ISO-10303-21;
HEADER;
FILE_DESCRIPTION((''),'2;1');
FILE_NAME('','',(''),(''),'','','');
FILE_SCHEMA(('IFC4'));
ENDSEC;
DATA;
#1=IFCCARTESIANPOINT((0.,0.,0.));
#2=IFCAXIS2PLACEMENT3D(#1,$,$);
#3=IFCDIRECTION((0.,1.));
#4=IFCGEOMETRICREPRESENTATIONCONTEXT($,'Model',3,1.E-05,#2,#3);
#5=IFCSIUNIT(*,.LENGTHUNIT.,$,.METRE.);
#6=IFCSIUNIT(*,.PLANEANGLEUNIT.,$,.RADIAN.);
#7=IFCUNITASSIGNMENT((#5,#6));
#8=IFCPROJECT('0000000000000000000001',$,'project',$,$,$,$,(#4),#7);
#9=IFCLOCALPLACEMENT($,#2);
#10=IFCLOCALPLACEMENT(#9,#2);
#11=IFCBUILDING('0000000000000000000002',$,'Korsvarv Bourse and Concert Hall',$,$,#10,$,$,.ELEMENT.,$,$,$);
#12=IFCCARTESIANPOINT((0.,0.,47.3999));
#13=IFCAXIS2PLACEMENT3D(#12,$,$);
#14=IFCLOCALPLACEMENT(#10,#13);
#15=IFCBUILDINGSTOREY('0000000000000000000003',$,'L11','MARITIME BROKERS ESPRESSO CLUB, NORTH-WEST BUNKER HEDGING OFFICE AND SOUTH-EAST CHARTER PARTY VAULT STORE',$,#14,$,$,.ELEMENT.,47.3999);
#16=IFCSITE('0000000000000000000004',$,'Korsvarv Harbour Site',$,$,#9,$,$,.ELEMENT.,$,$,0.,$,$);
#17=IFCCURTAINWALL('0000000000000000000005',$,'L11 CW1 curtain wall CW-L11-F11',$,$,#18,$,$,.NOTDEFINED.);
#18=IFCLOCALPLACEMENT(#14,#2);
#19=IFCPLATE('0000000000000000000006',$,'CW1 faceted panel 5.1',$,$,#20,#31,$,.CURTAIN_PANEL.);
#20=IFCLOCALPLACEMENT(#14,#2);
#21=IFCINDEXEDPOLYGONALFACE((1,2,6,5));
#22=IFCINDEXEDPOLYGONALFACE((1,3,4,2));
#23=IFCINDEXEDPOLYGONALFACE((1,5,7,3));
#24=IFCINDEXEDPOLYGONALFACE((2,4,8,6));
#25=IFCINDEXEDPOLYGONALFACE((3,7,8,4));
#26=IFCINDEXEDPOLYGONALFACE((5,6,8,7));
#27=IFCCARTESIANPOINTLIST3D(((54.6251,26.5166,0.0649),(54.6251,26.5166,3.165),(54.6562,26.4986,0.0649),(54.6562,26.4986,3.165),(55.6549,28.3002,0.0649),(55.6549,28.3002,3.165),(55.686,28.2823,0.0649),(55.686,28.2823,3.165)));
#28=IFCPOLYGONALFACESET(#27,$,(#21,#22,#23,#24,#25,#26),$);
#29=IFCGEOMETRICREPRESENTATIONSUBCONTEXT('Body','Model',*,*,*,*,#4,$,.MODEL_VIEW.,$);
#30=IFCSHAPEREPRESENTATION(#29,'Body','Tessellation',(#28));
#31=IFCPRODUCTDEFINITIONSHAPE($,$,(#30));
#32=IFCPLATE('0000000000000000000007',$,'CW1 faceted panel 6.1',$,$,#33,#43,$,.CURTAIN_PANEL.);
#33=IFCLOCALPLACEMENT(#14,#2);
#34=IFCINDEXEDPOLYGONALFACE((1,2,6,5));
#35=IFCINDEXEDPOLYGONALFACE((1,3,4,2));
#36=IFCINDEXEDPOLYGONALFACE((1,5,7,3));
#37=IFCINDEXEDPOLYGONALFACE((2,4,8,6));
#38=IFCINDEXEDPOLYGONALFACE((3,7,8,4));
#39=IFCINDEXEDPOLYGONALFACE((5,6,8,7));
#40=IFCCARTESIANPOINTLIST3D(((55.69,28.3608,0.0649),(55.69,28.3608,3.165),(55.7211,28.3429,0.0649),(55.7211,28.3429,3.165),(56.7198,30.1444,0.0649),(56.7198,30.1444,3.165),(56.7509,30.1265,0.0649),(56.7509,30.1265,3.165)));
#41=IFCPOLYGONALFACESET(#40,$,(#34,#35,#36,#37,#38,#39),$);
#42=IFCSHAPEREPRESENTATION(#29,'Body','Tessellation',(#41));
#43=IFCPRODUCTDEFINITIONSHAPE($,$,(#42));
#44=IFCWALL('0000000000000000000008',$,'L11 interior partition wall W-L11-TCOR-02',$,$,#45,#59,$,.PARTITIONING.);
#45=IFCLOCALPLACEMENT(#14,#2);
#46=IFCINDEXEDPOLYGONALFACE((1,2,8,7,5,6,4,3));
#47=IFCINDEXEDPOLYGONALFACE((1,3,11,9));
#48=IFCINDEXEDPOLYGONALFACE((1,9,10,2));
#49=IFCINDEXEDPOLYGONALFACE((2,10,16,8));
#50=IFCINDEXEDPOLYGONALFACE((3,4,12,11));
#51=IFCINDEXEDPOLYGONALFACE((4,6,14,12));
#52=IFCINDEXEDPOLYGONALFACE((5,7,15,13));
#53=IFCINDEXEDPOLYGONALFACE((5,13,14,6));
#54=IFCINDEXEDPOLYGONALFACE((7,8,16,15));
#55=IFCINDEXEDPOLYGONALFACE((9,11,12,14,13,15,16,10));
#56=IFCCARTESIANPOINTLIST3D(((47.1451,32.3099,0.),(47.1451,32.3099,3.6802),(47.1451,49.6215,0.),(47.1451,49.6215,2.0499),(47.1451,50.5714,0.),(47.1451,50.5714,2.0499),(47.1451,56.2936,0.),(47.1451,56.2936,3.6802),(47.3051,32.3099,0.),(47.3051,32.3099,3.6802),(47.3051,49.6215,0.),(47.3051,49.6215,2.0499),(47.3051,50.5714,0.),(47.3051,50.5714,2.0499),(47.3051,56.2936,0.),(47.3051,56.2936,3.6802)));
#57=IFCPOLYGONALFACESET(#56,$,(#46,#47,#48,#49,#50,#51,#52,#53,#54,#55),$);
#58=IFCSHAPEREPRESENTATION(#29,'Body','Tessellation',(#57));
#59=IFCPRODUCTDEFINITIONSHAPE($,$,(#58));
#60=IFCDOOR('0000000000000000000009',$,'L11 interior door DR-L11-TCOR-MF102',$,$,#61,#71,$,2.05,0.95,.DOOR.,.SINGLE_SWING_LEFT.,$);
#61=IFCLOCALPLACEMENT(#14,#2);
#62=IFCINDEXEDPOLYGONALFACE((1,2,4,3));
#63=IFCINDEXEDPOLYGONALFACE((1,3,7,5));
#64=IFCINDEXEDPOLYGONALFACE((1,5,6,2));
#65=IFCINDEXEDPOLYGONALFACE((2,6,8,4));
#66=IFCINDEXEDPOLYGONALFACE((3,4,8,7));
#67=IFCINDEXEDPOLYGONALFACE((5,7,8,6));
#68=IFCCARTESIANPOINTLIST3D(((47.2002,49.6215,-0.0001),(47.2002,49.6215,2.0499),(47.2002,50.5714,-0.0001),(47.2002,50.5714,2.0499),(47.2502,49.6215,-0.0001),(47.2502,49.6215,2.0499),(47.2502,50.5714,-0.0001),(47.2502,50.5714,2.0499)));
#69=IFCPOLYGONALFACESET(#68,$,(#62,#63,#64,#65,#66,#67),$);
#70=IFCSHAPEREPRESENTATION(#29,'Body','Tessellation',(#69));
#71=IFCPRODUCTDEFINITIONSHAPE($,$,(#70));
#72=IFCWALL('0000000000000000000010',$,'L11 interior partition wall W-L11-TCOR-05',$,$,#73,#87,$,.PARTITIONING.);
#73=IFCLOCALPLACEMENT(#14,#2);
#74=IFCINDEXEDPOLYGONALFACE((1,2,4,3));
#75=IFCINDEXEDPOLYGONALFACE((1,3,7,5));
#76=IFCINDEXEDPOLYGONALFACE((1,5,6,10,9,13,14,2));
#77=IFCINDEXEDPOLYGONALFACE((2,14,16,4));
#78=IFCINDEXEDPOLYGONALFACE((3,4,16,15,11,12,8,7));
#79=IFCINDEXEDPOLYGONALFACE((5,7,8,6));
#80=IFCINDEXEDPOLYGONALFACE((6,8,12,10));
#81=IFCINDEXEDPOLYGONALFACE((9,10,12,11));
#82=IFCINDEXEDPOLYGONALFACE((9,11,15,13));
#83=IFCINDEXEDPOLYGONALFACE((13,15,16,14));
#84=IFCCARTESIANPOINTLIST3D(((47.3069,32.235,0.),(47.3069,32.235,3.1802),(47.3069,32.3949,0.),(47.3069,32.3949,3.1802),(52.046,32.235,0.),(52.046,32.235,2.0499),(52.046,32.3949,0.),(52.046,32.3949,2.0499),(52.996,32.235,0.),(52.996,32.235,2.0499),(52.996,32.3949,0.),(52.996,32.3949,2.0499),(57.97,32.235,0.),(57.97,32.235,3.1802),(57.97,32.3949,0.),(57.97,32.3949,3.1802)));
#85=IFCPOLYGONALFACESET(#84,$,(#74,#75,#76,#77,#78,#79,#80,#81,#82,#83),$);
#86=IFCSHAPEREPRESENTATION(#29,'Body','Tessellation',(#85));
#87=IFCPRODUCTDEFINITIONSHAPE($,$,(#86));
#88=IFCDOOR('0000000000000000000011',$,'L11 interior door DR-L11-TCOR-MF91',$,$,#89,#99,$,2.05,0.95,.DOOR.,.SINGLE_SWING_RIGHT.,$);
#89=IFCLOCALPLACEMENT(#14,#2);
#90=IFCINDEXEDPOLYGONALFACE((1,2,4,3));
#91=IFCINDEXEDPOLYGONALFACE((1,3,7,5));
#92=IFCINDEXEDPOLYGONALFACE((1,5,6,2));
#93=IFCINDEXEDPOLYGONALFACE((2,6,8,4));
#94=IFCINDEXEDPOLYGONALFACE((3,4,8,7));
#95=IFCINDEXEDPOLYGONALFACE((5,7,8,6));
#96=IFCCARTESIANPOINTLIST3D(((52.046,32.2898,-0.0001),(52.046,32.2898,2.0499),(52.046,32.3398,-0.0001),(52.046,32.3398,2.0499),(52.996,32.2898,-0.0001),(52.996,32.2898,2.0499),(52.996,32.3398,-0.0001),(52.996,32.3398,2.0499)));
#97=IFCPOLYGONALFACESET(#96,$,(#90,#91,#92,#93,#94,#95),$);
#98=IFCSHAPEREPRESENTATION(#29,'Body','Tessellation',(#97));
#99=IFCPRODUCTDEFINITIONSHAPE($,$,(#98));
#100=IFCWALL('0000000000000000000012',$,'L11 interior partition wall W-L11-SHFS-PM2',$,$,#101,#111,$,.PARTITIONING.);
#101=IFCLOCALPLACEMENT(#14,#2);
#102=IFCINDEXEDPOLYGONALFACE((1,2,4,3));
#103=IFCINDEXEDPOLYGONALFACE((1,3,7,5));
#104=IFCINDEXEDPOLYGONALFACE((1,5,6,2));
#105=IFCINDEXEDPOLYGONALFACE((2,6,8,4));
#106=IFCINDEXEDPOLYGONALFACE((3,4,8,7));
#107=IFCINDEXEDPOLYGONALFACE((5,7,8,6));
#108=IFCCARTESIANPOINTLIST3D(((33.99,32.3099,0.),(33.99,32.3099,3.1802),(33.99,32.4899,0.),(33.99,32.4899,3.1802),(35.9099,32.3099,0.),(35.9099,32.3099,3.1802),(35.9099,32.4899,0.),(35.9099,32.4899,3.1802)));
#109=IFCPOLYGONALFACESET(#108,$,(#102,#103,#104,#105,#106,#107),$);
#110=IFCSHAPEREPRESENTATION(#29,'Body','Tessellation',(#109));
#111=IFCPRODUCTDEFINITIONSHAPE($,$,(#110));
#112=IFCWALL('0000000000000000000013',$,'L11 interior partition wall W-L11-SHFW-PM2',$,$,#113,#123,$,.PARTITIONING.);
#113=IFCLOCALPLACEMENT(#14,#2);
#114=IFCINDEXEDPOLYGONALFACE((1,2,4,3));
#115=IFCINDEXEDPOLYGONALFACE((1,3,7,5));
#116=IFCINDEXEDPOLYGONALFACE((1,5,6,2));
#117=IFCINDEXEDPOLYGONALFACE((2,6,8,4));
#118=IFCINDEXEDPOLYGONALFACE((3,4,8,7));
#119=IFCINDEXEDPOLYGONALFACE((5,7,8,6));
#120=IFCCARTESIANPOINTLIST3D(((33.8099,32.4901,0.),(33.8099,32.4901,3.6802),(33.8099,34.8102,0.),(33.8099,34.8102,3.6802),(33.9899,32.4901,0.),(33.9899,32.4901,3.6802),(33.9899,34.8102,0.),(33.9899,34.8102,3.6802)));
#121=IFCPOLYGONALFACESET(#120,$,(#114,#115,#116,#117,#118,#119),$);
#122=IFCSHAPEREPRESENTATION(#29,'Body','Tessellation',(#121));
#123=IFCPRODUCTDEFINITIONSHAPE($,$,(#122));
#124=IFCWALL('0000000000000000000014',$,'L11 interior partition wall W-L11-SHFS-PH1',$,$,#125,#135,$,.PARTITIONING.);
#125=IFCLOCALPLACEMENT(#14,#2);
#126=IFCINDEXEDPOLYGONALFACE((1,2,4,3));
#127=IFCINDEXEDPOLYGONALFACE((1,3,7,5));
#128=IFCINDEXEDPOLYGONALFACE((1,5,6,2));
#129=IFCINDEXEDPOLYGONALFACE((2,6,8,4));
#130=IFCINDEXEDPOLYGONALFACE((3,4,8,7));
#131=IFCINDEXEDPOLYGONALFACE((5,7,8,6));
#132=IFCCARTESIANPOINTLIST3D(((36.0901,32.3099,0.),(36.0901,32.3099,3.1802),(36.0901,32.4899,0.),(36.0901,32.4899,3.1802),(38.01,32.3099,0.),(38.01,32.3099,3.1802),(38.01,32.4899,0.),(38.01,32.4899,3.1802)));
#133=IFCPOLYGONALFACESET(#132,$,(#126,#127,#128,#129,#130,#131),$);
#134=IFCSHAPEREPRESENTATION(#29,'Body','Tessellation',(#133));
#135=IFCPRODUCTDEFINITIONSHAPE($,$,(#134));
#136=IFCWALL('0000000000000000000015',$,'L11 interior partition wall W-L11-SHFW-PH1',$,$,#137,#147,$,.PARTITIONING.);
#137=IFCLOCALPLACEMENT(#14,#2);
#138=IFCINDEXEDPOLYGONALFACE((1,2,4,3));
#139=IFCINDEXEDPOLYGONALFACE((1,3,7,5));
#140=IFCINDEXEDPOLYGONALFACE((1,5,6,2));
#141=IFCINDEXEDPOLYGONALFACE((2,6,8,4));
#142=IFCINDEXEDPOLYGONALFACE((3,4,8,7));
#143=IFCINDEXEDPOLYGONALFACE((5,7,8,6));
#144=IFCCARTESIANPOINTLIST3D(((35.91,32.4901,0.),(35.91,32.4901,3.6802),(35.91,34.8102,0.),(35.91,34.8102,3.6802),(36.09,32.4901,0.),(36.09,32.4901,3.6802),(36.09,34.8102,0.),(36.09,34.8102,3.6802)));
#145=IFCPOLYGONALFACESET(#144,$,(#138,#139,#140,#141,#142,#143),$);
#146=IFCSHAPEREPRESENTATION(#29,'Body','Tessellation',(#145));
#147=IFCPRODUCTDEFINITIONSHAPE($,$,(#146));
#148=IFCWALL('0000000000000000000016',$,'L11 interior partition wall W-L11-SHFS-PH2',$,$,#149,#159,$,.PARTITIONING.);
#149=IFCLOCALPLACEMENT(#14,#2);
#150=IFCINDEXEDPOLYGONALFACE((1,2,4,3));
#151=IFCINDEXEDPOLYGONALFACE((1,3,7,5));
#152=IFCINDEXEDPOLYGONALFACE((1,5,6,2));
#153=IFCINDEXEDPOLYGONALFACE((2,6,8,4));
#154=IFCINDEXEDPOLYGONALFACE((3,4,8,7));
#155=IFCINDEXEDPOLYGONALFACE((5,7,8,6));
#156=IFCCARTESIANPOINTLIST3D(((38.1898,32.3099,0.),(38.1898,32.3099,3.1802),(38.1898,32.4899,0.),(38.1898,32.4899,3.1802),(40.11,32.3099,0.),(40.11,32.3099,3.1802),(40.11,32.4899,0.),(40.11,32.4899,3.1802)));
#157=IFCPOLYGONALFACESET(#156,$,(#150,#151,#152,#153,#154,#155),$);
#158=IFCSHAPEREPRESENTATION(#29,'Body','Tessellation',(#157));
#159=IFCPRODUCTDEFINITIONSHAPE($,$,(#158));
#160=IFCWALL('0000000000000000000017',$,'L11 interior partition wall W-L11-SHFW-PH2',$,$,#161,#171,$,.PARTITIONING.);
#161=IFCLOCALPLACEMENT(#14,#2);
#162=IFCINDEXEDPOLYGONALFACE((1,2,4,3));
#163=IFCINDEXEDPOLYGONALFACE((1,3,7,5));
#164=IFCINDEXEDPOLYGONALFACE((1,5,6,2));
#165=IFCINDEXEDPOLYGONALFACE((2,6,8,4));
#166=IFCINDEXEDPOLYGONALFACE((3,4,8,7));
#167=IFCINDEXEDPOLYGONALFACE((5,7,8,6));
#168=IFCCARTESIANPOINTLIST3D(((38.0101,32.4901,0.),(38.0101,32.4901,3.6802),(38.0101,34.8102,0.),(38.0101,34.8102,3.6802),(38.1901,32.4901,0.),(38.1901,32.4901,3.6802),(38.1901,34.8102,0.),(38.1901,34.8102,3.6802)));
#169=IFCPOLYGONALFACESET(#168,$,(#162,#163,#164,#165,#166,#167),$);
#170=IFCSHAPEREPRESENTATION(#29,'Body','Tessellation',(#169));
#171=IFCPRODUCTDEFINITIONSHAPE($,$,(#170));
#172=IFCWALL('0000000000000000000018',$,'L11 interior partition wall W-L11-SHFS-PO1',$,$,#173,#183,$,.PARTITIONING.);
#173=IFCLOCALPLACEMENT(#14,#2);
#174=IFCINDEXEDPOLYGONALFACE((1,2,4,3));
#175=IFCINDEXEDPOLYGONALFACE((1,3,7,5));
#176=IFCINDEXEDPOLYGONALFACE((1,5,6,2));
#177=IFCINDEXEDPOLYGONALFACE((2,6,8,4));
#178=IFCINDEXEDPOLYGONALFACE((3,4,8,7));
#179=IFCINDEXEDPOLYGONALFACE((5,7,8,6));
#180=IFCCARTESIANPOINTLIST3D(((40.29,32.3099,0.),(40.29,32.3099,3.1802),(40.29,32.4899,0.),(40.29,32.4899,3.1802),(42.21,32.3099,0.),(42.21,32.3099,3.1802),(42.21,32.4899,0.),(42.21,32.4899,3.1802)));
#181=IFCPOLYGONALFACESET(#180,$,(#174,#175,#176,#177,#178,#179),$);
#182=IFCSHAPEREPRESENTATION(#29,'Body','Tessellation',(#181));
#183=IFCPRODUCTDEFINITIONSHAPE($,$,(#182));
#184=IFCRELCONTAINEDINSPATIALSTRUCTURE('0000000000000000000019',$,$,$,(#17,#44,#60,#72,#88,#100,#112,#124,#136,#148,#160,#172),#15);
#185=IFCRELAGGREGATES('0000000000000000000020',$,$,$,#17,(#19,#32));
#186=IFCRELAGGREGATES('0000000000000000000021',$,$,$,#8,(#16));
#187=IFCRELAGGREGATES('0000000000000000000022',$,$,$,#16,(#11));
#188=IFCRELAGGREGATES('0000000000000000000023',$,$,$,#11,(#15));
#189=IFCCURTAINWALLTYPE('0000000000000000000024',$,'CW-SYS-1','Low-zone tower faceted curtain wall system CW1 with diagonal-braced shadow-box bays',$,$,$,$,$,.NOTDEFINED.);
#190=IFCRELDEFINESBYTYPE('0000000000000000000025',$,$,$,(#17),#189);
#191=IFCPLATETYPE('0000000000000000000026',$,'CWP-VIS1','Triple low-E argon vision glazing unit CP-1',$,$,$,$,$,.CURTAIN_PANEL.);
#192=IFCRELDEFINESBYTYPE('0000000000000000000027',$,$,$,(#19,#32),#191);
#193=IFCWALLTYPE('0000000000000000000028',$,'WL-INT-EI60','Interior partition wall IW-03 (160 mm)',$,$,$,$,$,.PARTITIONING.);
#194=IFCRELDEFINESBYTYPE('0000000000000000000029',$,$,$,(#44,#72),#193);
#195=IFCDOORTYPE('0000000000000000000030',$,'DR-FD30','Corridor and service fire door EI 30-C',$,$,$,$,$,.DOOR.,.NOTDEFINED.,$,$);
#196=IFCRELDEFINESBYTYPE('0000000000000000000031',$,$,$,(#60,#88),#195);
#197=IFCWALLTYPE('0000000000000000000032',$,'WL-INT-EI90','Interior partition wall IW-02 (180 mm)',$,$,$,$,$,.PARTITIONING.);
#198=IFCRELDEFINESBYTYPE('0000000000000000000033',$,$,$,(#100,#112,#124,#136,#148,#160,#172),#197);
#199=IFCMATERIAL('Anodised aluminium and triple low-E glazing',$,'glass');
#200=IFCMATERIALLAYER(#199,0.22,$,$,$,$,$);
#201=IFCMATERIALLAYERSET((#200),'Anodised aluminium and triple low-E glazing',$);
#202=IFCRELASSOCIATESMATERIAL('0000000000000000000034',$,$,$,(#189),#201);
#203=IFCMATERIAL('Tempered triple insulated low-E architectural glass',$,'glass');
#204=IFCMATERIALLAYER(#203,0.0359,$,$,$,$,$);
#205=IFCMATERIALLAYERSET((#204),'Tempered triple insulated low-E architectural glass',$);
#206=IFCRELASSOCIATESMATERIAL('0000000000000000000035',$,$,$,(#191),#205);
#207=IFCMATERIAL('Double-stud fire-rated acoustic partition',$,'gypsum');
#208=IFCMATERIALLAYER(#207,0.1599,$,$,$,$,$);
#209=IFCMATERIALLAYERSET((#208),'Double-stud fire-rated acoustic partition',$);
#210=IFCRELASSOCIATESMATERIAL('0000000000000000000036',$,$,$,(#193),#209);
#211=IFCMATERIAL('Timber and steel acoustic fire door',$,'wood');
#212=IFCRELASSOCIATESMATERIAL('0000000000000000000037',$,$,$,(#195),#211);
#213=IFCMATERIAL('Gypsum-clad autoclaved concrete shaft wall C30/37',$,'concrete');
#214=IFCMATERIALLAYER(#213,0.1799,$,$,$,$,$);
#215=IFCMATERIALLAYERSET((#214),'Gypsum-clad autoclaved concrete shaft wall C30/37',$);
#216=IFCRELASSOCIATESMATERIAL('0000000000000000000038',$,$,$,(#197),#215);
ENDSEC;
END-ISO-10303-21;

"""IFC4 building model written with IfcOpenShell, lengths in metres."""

from ifc_helpers import new_model, si_unit, direction, frame, frame_2d, origin, origin_2d, place, context, subcontext, project, spatial, rectangle, extrude, source, transform, mapped, material, layer, layer_set, type_object, element, fill, aggregate, save


model = new_model("IFC4")

# Units and contexts
model_context = context("Model", 3, precision=1e-05, world=origin(), true_north=direction((0.0, 1.0)))
body_context = subcontext(model_context, "Body", "Model", "MODEL_VIEW")
ifc_project = project(units=[si_unit("LENGTHUNIT", "METRE"), si_unit("PLANEANGLEUNIT", "RADIAN")], contexts=[model_context])

# Site, building, storey
site_placement = place(None, origin())
site = spatial("IfcSite", under=ifc_project, at=site_placement, Name="Korsvarv Harbour Site", CompositionType="ELEMENT", RefElevation=0.0)
building_placement = place(site_placement, origin())
building = spatial("IfcBuilding", under=site, at=building_placement, Name="Korsvarv Bourse and Concert Hall", CompositionType="ELEMENT")
storey_placement = place(building_placement, frame((0.0, 0.0, 47.3999)))
storey = spatial("IfcBuildingStorey", under=building, at=storey_placement, Name="L11", Description="MARITIME BROKERS ESPRESSO CLUB, NORTH-WEST BUNKER HEDGING OFFICE AND SOUTH-EAST CHARTER PARTY VAULT STORE", CompositionType="ELEMENT", Elevation=47.3999)

# Curtain wall, plates
ifc_material_1 = material(Name="Anodised aluminium and triple low-E glazing", Category="glass")
ifc_layer_1 = layer(ifc_material_1, 0.22)
ifc_layer_set_1 = layer_set([ifc_layer_1], Name="Anodised aluminium and triple low-E glazing")
curtain_wall_type = type_object("IfcCurtainWallType", Name="CW-SYS-1", Description="Low-zone tower faceted curtain wall system CW1 with diagonal-braced shadow-box bays", PredefinedType="NOTDEFINED", material=ifc_layer_set_1)
curtain_wall_placement = place(storey_placement, origin())
curtain_wall = element("IfcCurtainWall", 1, at=curtain_wall_placement, inside=storey, type_object=curtain_wall_type, Name="L11 CW1 curtain wall CW-L11-F11", PredefinedType="NOTDEFINED")
ifc_material_2 = material(Name="Tempered triple insulated low-E architectural glass", Category="glass")
ifc_layer_2 = layer(ifc_material_2, 0.0359)
ifc_layer_set_2 = layer_set([ifc_layer_2], Name="Tempered triple insulated low-E architectural glass")
plate_type_1 = type_object("IfcPlateType", Name="CWP-VIS1", Description="Triple low-E argon vision glazing unit CP-1", PredefinedType="CURTAIN_PANEL", material=ifc_layer_set_2)
shared_shape_1 = source(origin(), body_context, "Body", "SweptSolid", [
    extrude(rectangle(XDim=2.0596, YDim=0.0359, at=origin_2d()), origin(), (0.0, 0.0, 1.0), 3.1001),
])
plate_1_placement = place(storey_placement, frame((55.1555, 27.3994, 0.0649), z_axis=(0.0, 0.0, 1.0), x_axis=(0.5, 0.866025, 0.0)))
plate_1 = element("IfcPlate", 2, at=plate_1_placement, type_object=plate_type_1, Name="CW1 faceted panel 5.1", PredefinedType="CURTAIN_PANEL", context=body_context, shape_type="MappedRepresentation", body=[
    mapped(shared_shape_1, transform((0.0, 0.0, 0.0), scale=1.0)),
])
plate_2_placement = place(storey_placement, frame((56.2205, 29.2437, 0.0649), z_axis=(0.0, 0.0, 1.0), x_axis=(0.5, 0.866025, 0.0)))
plate_2 = element("IfcPlate", 3, at=plate_2_placement, type_object=plate_type_1, Name="CW1 faceted panel 6.1", PredefinedType="CURTAIN_PANEL", context=body_context, shape_type="MappedRepresentation", body=[
    mapped(shared_shape_1, transform((0.0, 0.0, 0.0), scale=1.0)),
])
aggregate(curtain_wall, [plate_1, plate_2])

# Walls, openings, doors
ifc_material_3 = material(Name="Double-stud fire-rated acoustic partition", Category="gypsum")
ifc_layer_3 = layer(ifc_material_3, 0.1599)
ifc_layer_set_3 = layer_set([ifc_layer_3], Name="Double-stud fire-rated acoustic partition")
wall_type_1 = type_object("IfcWallType", Name="WL-INT-EI60", Description="Interior partition wall IW-03 (160 mm)", PredefinedType="PARTITIONING", material=ifc_layer_set_3)
wall_1_placement = place(storey_placement, frame((47.2251, 32.3101, 0.0), z_axis=(0.0, 0.0, 1.0), x_axis=(0.0, 1.0, 0.0)))
wall_1 = element("IfcWall", 4, at=wall_1_placement, inside=storey, type_object=wall_type_1, Name="L11 interior partition wall W-L11-TCOR-02", PredefinedType="PARTITIONING", context=body_context, shape_type="SweptSolid", body=[
    extrude(rectangle(XDim=23.9836, YDim=0.1599, at=frame_2d((11.9917, 0.0))), origin(), (0.0, 0.0, 1.0), 3.6802),
])
opening_1_placement = place(wall_1_placement, frame((17.3113, 0.0, 0.0)))
opening_1 = element("IfcOpeningElement", 5, at=opening_1_placement, cuts=wall_1, PredefinedType="OPENING", context=body_context, shape_type="SweptSolid", body=[
    extrude(rectangle(XDim=0.95, YDim=2.05, at=frame_2d((0.4751, 1.0249))), frame((0.0, 0.0898, 0.0), z_axis=(0.0, -1.0, 0.0), x_axis=(1.0, 0.0, 0.0)), (0.0, 0.0, 1.0), 0.1799),
])
ifc_material_4 = material(Name="Timber and steel acoustic fire door", Category="wood")
door_type = type_object("IfcDoorType", Name="DR-FD30", Description="Corridor and service fire door EI 30-C", OperationType="NOTDEFINED", PredefinedType="DOOR", material=ifc_material_4)
door_1_placement = place(opening_1_placement, origin())
door_1 = element("IfcDoor", 6, at=door_1_placement, inside=storey, type_object=door_type, Name="L11 interior door DR-L11-TCOR-MF102", OperationType="SINGLE_SWING_LEFT", OverallHeight=2.05, OverallWidth=0.95, PredefinedType="DOOR", context=body_context, shape_type="SweptSolid", body=[
    extrude(rectangle(XDim=0.95, YDim=2.05, at=frame_2d((0.4751, 1.0249))), frame((0.0, 0.0249, 0.0), z_axis=(0.0, -1.0, 0.0), x_axis=(1.0, 0.0, 0.0)), (0.0, 0.0, 1.0), 0.05),
])
fill(opening_1, door_1)
wall_2_placement = place(storey_placement, frame((47.3069, 32.3149, 0.0), z_axis=(0.0, 0.0, 1.0), x_axis=(1.0, 0.0, 0.0)))
wall_2 = element("IfcWall", 7, at=wall_2_placement, inside=storey, type_object=wall_type_1, Name="L11 interior partition wall W-L11-TCOR-05", PredefinedType="PARTITIONING", context=body_context, shape_type="SweptSolid", body=[
    extrude(rectangle(XDim=10.6631, YDim=0.1599, at=frame_2d((5.3315, 0.0))), origin(), (0.0, 0.0, 1.0), 3.1802),
])
opening_2_placement = place(wall_2_placement, frame((4.739, 0.0, 0.0)))
opening_2 = element("IfcOpeningElement", 8, at=opening_2_placement, cuts=wall_2, PredefinedType="OPENING", context=body_context, shape_type="SweptSolid", body=[
    extrude(rectangle(XDim=0.95, YDim=2.05, at=frame_2d((0.4751, 1.0249))), frame((0.0, 0.0898, 0.0), z_axis=(0.0, -1.0, 0.0), x_axis=(1.0, 0.0, 0.0)), (0.0, 0.0, 1.0), 0.1799),
])
door_2_placement = place(opening_2_placement, origin())
door_2 = element("IfcDoor", 9, at=door_2_placement, inside=storey, type_object=door_type, Name="L11 interior door DR-L11-TCOR-MF91", OperationType="SINGLE_SWING_RIGHT", OverallHeight=2.05, OverallWidth=0.95, PredefinedType="DOOR", context=body_context, shape_type="SweptSolid", body=[
    extrude(rectangle(XDim=0.95, YDim=2.05, at=frame_2d((0.4751, 1.0249))), frame((0.0, 0.0249, 0.0), z_axis=(0.0, -1.0, 0.0), x_axis=(1.0, 0.0, 0.0)), (0.0, 0.0, 1.0), 0.05),
])
fill(opening_2, door_2)

# Walls
ifc_material_5 = material(Name="Gypsum-clad autoclaved concrete shaft wall C30/37", Category="concrete")
ifc_layer_4 = layer(ifc_material_5, 0.1799)
ifc_layer_set_4 = layer_set([ifc_layer_4], Name="Gypsum-clad autoclaved concrete shaft wall C30/37")
wall_type_2 = type_object("IfcWallType", Name="WL-INT-EI90", Description="Interior partition wall IW-02 (180 mm)", PredefinedType="PARTITIONING", material=ifc_layer_set_4)
wall_3_placement = place(storey_placement, frame((33.99, 32.3999, 0.0), z_axis=(0.0, 0.0, 1.0), x_axis=(1.0, 0.0, 0.0)))
element("IfcWall", 10, at=wall_3_placement, inside=storey, type_object=wall_type_2, Name="L11 interior partition wall W-L11-SHFS-PM2", PredefinedType="PARTITIONING", context=body_context, shape_type="SweptSolid", body=[
    extrude(rectangle(XDim=1.9199, YDim=0.1799, at=frame_2d((0.96, 0.0))), origin(), (0.0, 0.0, 1.0), 3.1802),
])
wall_4_placement = place(storey_placement, frame((33.8999, 32.49, 0.0), z_axis=(0.0, 0.0, 1.0), x_axis=(0.0, 1.0, 0.0)))
element("IfcWall", 11, at=wall_4_placement, inside=storey, type_object=wall_type_2, Name="L11 interior partition wall W-L11-SHFW-PM2", PredefinedType="PARTITIONING", context=body_context, shape_type="SweptSolid", body=[
    extrude(rectangle(XDim=2.3201, YDim=0.1799, at=frame_2d((1.1602, 0.0))), origin(), (0.0, 0.0, 1.0), 3.6802),
])
wall_5_placement = place(storey_placement, frame((36.0901, 32.3999, 0.0), z_axis=(0.0, 0.0, 1.0), x_axis=(1.0, 0.0, 0.0)))
element("IfcWall", 12, at=wall_5_placement, inside=storey, type_object=wall_type_2, Name="L11 interior partition wall W-L11-SHFS-PH1", PredefinedType="PARTITIONING", context=body_context, shape_type="SweptSolid", body=[
    extrude(rectangle(XDim=1.9199, YDim=0.1799, at=frame_2d((0.96, 0.0))), origin(), (0.0, 0.0, 1.0), 3.1802),
])
wall_6_placement = place(storey_placement, frame((36.0, 32.49, 0.0), z_axis=(0.0, 0.0, 1.0), x_axis=(0.0, 1.0, 0.0)))
element("IfcWall", 13, at=wall_6_placement, inside=storey, type_object=wall_type_2, Name="L11 interior partition wall W-L11-SHFW-PH1", PredefinedType="PARTITIONING", context=body_context, shape_type="SweptSolid", body=[
    extrude(rectangle(XDim=2.3201, YDim=0.1799, at=frame_2d((1.1602, 0.0))), origin(), (0.0, 0.0, 1.0), 3.6802),
])
wall_7_placement = place(storey_placement, frame((38.1899, 32.3999, 0.0), z_axis=(0.0, 0.0, 1.0), x_axis=(1.0, 0.0, 0.0)))
element("IfcWall", 14, at=wall_7_placement, inside=storey, type_object=wall_type_2, Name="L11 interior partition wall W-L11-SHFS-PH2", PredefinedType="PARTITIONING", context=body_context, shape_type="SweptSolid", body=[
    extrude(rectangle(XDim=1.9202, YDim=0.1799, at=frame_2d((0.96, 0.0))), origin(), (0.0, 0.0, 1.0), 3.1802),
])
wall_8_placement = place(storey_placement, frame((38.1001, 32.49, 0.0), z_axis=(0.0, 0.0, 1.0), x_axis=(0.0, 1.0, 0.0)))
element("IfcWall", 15, at=wall_8_placement, inside=storey, type_object=wall_type_2, Name="L11 interior partition wall W-L11-SHFW-PH2", PredefinedType="PARTITIONING", context=body_context, shape_type="SweptSolid", body=[
    extrude(rectangle(XDim=2.3201, YDim=0.1799, at=frame_2d((1.1602, 0.0))), origin(), (0.0, 0.0, 1.0), 3.6802),
])
wall_9_placement = place(storey_placement, frame((40.29, 32.3999, 0.0), z_axis=(0.0, 0.0, 1.0), x_axis=(1.0, 0.0, 0.0)))
element("IfcWall", 16, at=wall_9_placement, inside=storey, type_object=wall_type_2, Name="L11 interior partition wall W-L11-SHFS-PO1", PredefinedType="PARTITIONING", context=body_context, shape_type="SweptSolid", body=[
    extrude(rectangle(XDim=1.9199, YDim=0.1799, at=frame_2d((0.96, 0.0))), origin(), (0.0, 0.0, 1.0), 3.1802),
])

save(model, "model.ifc")
